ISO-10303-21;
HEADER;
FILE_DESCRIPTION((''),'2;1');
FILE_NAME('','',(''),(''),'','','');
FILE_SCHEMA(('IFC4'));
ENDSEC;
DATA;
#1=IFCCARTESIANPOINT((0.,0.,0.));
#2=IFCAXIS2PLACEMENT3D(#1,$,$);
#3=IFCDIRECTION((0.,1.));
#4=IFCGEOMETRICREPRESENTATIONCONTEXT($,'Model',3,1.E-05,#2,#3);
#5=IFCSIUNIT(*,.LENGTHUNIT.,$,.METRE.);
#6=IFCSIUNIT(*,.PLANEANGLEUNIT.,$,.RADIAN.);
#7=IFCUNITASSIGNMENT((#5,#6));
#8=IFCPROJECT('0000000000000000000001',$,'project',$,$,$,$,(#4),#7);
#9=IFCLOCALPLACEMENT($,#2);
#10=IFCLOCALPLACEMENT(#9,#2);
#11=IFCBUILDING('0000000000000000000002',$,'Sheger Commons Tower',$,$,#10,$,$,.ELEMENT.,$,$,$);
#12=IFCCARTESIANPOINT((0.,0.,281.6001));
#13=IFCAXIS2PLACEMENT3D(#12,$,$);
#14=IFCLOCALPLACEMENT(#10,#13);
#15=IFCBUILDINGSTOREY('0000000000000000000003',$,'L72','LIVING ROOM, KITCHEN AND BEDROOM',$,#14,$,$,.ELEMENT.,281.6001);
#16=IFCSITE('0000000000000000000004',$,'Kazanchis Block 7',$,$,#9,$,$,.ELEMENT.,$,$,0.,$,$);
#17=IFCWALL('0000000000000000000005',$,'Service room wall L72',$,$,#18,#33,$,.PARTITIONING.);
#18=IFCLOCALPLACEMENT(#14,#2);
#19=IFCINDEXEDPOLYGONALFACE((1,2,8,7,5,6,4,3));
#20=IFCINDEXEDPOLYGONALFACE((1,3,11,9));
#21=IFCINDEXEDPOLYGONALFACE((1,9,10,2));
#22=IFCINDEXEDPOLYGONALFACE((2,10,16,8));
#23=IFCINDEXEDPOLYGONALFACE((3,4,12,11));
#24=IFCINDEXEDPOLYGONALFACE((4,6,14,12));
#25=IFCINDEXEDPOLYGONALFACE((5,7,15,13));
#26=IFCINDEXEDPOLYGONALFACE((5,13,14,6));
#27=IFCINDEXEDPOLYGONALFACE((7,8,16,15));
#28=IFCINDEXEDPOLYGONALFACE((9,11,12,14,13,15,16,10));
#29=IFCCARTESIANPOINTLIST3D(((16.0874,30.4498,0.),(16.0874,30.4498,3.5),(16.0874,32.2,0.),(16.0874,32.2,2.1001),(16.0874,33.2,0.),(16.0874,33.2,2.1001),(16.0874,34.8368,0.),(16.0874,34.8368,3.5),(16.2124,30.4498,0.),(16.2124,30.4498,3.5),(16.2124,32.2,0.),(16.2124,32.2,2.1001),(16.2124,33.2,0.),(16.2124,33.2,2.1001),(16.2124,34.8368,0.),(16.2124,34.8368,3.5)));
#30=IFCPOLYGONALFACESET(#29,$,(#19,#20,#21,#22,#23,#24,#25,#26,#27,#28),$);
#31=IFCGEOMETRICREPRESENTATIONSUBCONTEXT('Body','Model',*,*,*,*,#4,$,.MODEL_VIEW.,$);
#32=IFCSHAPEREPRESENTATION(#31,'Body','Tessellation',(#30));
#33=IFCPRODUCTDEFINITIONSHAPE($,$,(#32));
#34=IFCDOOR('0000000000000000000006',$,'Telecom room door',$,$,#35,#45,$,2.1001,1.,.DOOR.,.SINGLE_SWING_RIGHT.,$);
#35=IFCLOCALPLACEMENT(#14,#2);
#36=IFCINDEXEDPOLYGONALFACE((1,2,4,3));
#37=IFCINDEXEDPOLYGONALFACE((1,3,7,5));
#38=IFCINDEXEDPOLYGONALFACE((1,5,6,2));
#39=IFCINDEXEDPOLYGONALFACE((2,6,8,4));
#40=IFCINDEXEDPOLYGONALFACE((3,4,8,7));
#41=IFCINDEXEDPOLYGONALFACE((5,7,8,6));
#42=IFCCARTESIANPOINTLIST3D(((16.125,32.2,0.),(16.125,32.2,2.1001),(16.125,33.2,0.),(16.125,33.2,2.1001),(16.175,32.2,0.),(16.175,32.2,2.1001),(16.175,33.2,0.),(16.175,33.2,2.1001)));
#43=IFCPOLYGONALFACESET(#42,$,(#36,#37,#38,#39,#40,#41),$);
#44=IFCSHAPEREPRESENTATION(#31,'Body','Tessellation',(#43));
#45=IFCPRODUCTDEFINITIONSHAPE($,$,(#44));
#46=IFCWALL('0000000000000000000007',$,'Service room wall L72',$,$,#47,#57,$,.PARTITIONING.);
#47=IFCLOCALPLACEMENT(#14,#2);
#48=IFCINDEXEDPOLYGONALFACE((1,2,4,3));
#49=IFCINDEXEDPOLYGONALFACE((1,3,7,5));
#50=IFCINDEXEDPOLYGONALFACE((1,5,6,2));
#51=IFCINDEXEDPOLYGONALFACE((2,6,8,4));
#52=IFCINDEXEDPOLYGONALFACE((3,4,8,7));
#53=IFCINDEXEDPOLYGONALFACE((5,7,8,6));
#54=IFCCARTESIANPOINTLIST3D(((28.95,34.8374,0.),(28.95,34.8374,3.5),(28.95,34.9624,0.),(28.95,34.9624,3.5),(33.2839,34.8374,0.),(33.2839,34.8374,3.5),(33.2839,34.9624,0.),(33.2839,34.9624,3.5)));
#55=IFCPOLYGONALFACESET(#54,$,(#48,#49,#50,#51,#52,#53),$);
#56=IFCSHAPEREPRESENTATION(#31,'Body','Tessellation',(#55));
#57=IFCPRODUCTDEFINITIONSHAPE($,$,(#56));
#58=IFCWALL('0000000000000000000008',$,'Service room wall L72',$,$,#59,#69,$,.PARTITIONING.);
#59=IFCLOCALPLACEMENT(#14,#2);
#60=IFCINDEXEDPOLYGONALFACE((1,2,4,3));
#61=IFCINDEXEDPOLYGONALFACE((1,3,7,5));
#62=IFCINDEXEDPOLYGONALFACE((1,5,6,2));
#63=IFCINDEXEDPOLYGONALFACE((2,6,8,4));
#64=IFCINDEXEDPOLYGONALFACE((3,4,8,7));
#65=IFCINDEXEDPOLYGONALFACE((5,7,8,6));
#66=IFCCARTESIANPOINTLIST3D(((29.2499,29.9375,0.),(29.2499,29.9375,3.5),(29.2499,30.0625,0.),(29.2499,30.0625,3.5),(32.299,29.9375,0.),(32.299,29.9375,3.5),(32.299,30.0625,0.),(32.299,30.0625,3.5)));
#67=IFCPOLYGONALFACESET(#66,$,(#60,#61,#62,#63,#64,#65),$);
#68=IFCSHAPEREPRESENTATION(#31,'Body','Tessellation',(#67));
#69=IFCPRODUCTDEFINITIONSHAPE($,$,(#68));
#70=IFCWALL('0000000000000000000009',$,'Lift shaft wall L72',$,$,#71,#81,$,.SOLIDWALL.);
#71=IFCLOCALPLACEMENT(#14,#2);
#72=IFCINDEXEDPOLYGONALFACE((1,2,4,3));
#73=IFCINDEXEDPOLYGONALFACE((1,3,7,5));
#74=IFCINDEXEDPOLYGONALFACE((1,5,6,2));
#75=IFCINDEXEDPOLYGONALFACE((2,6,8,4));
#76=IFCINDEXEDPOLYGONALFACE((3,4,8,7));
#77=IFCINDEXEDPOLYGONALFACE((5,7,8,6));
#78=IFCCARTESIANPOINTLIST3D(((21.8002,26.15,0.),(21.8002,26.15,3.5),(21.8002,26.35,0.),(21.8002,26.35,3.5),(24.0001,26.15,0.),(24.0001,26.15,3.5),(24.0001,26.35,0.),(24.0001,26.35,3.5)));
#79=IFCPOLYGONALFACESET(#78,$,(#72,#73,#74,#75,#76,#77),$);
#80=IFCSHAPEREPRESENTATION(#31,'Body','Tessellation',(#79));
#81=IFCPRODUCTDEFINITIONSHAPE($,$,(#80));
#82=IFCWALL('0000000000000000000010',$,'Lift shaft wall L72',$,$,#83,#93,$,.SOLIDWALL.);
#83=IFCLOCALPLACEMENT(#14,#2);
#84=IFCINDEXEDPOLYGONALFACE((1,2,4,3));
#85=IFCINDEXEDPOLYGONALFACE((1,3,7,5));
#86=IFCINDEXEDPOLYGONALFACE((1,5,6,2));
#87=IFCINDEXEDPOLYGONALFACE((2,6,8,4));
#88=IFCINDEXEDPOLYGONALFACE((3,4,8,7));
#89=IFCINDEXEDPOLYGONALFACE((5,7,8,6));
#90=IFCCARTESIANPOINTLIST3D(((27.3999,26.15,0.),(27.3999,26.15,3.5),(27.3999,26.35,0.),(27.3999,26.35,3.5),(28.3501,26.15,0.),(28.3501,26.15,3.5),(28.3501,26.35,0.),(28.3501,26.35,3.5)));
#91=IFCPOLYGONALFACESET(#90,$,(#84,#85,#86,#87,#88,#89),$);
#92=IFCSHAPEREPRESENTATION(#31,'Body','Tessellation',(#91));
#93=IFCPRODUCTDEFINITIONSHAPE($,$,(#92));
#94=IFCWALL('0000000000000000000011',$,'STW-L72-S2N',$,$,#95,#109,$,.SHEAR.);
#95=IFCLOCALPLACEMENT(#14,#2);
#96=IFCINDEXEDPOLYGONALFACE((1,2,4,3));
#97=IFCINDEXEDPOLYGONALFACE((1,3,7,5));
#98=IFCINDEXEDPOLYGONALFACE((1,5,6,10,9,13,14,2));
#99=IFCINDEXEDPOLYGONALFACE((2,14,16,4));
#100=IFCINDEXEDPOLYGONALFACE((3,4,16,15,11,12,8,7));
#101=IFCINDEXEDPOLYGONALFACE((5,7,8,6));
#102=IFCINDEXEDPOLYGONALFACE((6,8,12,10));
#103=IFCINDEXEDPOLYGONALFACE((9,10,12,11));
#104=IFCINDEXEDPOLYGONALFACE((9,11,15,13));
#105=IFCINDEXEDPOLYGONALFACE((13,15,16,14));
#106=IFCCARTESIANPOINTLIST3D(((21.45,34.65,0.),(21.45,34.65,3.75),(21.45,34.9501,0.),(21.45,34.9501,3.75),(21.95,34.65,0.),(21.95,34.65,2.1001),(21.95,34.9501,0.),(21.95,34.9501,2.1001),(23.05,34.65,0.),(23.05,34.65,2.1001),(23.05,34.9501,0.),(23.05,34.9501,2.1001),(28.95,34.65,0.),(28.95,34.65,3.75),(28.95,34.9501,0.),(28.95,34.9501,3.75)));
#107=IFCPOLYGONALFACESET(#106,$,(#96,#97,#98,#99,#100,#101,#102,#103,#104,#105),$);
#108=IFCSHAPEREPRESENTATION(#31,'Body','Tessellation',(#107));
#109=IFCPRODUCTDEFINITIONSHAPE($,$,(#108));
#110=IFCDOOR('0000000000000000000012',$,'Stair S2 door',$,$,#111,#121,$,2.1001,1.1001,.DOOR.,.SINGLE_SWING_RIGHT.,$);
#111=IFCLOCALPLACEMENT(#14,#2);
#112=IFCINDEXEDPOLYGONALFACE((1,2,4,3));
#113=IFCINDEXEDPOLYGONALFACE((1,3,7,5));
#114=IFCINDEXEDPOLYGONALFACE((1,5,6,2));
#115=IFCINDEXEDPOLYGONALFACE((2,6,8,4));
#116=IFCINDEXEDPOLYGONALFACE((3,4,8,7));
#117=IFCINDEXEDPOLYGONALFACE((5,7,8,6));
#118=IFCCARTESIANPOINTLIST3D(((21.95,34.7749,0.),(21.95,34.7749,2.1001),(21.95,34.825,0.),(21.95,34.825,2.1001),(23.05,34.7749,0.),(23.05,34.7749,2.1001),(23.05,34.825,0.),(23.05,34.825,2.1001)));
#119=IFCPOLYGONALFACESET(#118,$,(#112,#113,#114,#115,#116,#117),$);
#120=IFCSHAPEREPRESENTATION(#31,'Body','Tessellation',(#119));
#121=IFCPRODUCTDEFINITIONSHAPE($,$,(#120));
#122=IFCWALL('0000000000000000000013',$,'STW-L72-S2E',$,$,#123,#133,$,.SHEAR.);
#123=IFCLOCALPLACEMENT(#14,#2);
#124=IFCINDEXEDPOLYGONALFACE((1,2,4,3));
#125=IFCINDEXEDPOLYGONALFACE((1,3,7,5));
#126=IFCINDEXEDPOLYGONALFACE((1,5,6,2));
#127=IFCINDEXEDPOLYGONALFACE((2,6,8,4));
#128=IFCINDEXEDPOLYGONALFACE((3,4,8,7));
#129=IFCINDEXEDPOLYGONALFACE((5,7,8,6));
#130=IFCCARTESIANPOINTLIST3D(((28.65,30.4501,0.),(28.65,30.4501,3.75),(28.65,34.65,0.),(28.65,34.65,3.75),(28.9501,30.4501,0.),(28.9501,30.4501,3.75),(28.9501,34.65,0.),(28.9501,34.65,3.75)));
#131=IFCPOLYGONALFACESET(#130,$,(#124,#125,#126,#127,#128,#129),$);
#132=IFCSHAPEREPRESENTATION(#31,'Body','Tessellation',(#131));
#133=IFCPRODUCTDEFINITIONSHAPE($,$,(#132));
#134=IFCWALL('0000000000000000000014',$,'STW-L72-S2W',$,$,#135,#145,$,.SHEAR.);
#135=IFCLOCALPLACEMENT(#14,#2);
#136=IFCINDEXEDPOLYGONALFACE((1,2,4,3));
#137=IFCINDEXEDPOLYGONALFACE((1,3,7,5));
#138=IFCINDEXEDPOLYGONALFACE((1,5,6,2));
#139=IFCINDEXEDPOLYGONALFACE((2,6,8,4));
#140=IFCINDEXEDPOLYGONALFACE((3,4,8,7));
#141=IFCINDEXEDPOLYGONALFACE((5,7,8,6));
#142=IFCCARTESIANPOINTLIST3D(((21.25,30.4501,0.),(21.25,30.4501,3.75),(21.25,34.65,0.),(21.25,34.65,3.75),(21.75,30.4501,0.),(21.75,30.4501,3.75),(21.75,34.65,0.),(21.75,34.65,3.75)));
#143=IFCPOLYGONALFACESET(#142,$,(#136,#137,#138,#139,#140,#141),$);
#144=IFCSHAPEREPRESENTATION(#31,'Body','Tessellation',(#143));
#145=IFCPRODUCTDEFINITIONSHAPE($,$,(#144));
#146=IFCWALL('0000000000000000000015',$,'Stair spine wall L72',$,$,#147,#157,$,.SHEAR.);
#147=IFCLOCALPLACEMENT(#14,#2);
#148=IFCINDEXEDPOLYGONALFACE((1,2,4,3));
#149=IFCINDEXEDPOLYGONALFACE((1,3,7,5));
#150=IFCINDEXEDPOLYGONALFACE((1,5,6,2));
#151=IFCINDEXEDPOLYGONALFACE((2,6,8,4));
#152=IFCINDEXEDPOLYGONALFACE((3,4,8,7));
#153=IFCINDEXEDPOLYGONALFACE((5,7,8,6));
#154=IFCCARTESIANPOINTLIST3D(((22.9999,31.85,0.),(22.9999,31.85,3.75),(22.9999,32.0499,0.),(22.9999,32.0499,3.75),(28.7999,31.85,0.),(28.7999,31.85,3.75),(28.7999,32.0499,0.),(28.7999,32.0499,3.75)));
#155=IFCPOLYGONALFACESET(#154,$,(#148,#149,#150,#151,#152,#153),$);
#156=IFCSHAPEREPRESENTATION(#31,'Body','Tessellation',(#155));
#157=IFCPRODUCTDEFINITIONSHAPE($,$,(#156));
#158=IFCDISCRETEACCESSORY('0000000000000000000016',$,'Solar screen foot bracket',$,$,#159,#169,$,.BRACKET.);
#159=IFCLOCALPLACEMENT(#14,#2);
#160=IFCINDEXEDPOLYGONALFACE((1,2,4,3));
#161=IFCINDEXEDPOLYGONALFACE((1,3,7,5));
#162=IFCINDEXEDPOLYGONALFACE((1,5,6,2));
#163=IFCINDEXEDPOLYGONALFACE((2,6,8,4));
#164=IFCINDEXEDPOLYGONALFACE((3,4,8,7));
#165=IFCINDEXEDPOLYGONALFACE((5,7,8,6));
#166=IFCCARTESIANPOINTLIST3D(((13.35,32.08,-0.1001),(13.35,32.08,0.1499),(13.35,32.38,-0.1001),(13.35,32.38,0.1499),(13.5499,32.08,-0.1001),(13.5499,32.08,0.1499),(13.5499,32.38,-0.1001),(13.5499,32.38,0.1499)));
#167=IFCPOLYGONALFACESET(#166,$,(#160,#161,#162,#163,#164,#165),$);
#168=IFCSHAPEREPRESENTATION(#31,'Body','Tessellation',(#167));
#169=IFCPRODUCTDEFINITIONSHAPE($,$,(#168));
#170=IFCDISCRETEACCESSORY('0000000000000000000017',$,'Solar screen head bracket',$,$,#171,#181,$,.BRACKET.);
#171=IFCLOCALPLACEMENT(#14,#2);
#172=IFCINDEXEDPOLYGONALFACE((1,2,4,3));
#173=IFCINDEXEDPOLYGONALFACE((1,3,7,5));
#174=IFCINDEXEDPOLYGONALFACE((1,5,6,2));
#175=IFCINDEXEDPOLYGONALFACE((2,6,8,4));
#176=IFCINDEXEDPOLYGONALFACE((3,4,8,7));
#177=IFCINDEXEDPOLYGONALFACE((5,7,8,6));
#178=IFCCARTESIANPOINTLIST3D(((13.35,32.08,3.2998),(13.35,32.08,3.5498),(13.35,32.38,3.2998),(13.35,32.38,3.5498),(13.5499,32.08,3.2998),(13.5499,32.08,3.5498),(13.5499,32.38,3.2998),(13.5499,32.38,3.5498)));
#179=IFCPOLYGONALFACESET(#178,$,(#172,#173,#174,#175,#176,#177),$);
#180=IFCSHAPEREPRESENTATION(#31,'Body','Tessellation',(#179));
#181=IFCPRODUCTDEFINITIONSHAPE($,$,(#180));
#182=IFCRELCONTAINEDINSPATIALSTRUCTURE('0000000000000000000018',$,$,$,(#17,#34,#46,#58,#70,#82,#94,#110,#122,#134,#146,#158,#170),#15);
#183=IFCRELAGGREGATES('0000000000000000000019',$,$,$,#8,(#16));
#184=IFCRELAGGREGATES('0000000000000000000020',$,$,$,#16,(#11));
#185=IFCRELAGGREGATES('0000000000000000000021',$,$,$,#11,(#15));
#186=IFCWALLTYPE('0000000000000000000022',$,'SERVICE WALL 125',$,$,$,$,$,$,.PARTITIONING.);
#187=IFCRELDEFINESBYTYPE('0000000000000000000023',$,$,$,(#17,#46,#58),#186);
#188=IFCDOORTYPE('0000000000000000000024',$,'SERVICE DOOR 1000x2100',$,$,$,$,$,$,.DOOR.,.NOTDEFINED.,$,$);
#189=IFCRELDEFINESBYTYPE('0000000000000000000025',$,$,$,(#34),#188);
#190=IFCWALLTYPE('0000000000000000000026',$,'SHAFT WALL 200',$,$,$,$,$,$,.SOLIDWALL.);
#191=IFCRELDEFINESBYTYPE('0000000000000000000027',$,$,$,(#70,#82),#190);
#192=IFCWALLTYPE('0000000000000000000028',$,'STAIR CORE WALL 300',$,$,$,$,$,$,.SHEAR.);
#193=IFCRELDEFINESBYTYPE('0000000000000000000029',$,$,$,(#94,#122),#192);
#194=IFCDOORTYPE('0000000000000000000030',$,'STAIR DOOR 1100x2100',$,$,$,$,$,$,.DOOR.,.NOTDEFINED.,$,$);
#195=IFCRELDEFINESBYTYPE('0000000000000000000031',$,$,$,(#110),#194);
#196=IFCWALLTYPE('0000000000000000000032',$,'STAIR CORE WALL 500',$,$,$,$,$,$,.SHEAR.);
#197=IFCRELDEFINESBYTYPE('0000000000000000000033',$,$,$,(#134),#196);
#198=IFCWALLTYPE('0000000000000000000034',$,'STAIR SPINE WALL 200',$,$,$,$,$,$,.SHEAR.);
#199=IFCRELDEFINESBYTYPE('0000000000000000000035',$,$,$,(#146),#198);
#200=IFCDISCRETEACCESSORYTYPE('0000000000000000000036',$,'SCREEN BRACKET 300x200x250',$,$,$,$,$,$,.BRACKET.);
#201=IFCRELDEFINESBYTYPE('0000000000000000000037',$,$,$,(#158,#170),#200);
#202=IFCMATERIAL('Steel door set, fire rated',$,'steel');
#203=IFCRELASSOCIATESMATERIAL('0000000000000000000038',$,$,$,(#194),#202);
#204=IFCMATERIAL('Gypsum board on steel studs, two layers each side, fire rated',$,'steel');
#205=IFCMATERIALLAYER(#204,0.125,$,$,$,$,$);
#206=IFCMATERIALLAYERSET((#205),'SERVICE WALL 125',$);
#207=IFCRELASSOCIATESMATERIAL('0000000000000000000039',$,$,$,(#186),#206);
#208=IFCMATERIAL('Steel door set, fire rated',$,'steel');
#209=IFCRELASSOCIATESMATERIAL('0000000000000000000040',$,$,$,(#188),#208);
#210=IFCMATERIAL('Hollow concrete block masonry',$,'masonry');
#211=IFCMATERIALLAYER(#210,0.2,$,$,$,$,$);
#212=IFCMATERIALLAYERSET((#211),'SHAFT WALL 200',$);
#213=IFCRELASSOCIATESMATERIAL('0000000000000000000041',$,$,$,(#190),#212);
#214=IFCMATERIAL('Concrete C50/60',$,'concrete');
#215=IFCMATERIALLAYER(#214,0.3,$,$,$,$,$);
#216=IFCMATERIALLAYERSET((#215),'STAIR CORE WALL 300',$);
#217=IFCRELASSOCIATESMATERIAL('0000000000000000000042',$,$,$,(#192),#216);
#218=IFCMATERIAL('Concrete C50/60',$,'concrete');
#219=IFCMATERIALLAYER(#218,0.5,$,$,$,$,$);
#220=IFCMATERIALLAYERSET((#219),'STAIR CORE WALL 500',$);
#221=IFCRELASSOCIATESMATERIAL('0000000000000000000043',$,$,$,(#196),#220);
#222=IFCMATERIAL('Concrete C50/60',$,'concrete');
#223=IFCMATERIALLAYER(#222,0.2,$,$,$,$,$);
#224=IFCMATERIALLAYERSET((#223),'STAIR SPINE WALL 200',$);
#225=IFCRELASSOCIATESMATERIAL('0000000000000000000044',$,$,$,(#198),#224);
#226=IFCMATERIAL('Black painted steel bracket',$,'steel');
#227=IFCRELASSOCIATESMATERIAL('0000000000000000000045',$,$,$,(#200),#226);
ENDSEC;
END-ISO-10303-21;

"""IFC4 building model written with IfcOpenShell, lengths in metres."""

from ifc_helpers import new_model, si_unit, direction, frame, frame_2d, origin, origin_2d, place, context, subcontext, project, spatial, rectangle, extrude, material, layer, layer_set, type_object, element, fill, save


model = new_model("IFC4")

# Units and contexts
model_context = context("Model", 3, precision=1e-05, world=origin(), true_north=direction((0.0, 1.0)))
body_context = subcontext(model_context, "Body", "Model", "MODEL_VIEW")
ifc_project = project(units=[si_unit("LENGTHUNIT", "METRE"), si_unit("PLANEANGLEUNIT", "RADIAN")], contexts=[model_context])

# Site, building, storey
site_placement = place(None, origin())
site = spatial("IfcSite", under=ifc_project, at=site_placement, Name="Kazanchis Block 7", CompositionType="ELEMENT", RefElevation=0.0)
building_placement = place(site_placement, origin())
building = spatial("IfcBuilding", under=site, at=building_placement, Name="Sheger Commons Tower", CompositionType="ELEMENT")
storey_placement = place(building_placement, frame((0.0, 0.0, 281.6001)))
storey = spatial("IfcBuildingStorey", under=building, at=storey_placement, Name="L72", Description="LIVING ROOM, KITCHEN AND BEDROOM", CompositionType="ELEMENT", Elevation=281.6001)

# Shared definitions
ifc_material_1 = material(Name="Steel door set, fire rated", Category="steel")
door_type_1 = type_object("IfcDoorType", Name="STAIR DOOR 1100x2100", OperationType="NOTDEFINED", PredefinedType="DOOR", material=ifc_material_1)

# Wall, opening, door
ifc_material_2 = material(Name="Gypsum board on steel studs, two layers each side, fire rated", Category="steel")
ifc_layer_1 = layer(ifc_material_2, 0.125)
ifc_layer_set_1 = layer_set([ifc_layer_1], Name="SERVICE WALL 125")
wall_type_1 = type_object("IfcWallType", Name="SERVICE WALL 125", PredefinedType="PARTITIONING", material=ifc_layer_set_1)
wall_1_placement = place(storey_placement, frame((16.1499, 30.45, 0.0), z_axis=(0.0, 0.0, 1.0), x_axis=(0.0, 1.0, 0.0)))
wall_1 = element("IfcWall", 1, at=wall_1_placement, inside=storey, type_object=wall_type_1, Name="Service room wall L72", PredefinedType="PARTITIONING", context=body_context, shape_type="SweptSolid", body=[
    extrude(rectangle(XDim=4.387, YDim=0.125, at=frame_2d((2.1934, 0.0))), origin(), (0.0, 0.0, 1.0), 3.5),
])
opening_1_placement = place(wall_1_placement, frame((1.75, 0.0, 0.0)))
opening_1 = element("IfcOpeningElement", 2, at=opening_1_placement, cuts=wall_1, PredefinedType="OPENING", context=body_context, shape_type="SweptSolid", body=[
    extrude(rectangle(XDim=1.0, YDim=2.1001, at=frame_2d((0.5, 1.05))), frame((0.0, 0.0725, 0.0), z_axis=(0.0, -1.0, 0.0), x_axis=(1.0, 0.0, 0.0)), (0.0, 0.0, 1.0), 0.145),
])
ifc_material_3 = material(Name="Steel door set, fire rated", Category="steel")
door_type_2 = type_object("IfcDoorType", Name="SERVICE DOOR 1000x2100", OperationType="NOTDEFINED", PredefinedType="DOOR", material=ifc_material_3)
door_1_placement = place(opening_1_placement, origin())
door_1 = element("IfcDoor", 3, at=door_1_placement, inside=storey, type_object=door_type_2, Name="Telecom room door", OperationType="SINGLE_SWING_RIGHT", OverallHeight=2.1001, OverallWidth=1.0, PredefinedType="DOOR", context=body_context, shape_type="SweptSolid", body=[
    extrude(rectangle(XDim=1.0, YDim=2.1001, at=frame_2d((0.5, 1.05))), frame((0.0, 0.0249, 0.0), z_axis=(0.0, -1.0, 0.0), x_axis=(1.0, 0.0, 0.0)), (0.0, 0.0, 1.0), 0.05),
])
fill(opening_1, door_1)

# Walls
wall_2_placement = place(storey_placement, frame((28.95, 34.8999, 0.0), z_axis=(0.0, 0.0, 1.0), x_axis=(1.0, 0.0, 0.0)))
element("IfcWall", 4, at=wall_2_placement, inside=storey, type_object=wall_type_1, Name="Service room wall L72", PredefinedType="PARTITIONING", context=body_context, shape_type="SweptSolid", body=[
    extrude(rectangle(XDim=4.334, YDim=0.125, at=frame_2d((2.167, 0.0))), origin(), (0.0, 0.0, 1.0), 3.5),
])
wall_3_placement = place(storey_placement, frame((29.25, 30.0, 0.0), z_axis=(0.0, 0.0, 1.0), x_axis=(1.0, 0.0, 0.0)))
element("IfcWall", 5, at=wall_3_placement, inside=storey, type_object=wall_type_1, Name="Service room wall L72", PredefinedType="PARTITIONING", context=body_context, shape_type="SweptSolid", body=[
    extrude(rectangle(XDim=3.0491, YDim=0.125, at=frame_2d((1.5244, 0.0))), origin(), (0.0, 0.0, 1.0), 3.5),
])
ifc_material_4 = material(Name="Hollow concrete block masonry", Category="masonry")
ifc_layer_2 = layer(ifc_material_4, 0.2)
ifc_layer_set_2 = layer_set([ifc_layer_2], Name="SHAFT WALL 200")
wall_type_2 = type_object("IfcWallType", Name="SHAFT WALL 200", PredefinedType="SOLIDWALL", material=ifc_layer_set_2)
wall_4_placement = place(storey_placement, frame((21.8, 26.25, 0.0), z_axis=(0.0, 0.0, 1.0), x_axis=(1.0, 0.0, 0.0)))
element("IfcWall", 6, at=wall_4_placement, inside=storey, type_object=wall_type_2, Name="Lift shaft wall L72", PredefinedType="SOLIDWALL", context=body_context, shape_type="SweptSolid", body=[
    extrude(rectangle(XDim=2.2, YDim=0.2, at=frame_2d((1.1001, 0.0))), origin(), (0.0, 0.0, 1.0), 3.5),
])
wall_5_placement = place(storey_placement, frame((27.3999, 26.25, 0.0), z_axis=(0.0, 0.0, 1.0), x_axis=(1.0, 0.0, 0.0)))
element("IfcWall", 7, at=wall_5_placement, inside=storey, type_object=wall_type_2, Name="Lift shaft wall L72", PredefinedType="SOLIDWALL", context=body_context, shape_type="SweptSolid", body=[
    extrude(rectangle(XDim=0.9502, YDim=0.2, at=frame_2d((0.4751, 0.0))), origin(), (0.0, 0.0, 1.0), 3.5),
])

# Wall, opening, door
ifc_material_5 = material(Name="Concrete C50/60", Category="concrete")
ifc_layer_3 = layer(ifc_material_5, 0.3)
ifc_layer_set_3 = layer_set([ifc_layer_3], Name="STAIR CORE WALL 300")
wall_type_3 = type_object("IfcWallType", Name="STAIR CORE WALL 300", PredefinedType="SHEAR", material=ifc_layer_set_3)
wall_6_placement = place(storey_placement, frame((21.45, 34.8, 0.0), z_axis=(0.0, 0.0, 1.0), x_axis=(1.0, 0.0, 0.0)))
wall_6 = element("IfcWall", 8, at=wall_6_placement, inside=storey, type_object=wall_type_3, Name="STW-L72-S2N", PredefinedType="SHEAR", context=body_context, shape_type="SweptSolid", body=[
    extrude(rectangle(XDim=7.5, YDim=0.3, at=frame_2d((3.75, 0.0))), origin(), (0.0, 0.0, 1.0), 3.75),
])
opening_2_placement = place(wall_6_placement, frame((0.5, 0.0, 0.0)))
opening_2 = element("IfcOpeningElement", 9, at=opening_2_placement, cuts=wall_6, PredefinedType="OPENING", context=body_context, shape_type="SweptSolid", body=[
    extrude(rectangle(XDim=1.1001, YDim=2.1001, at=frame_2d((0.55, 1.05))), frame((0.0, 0.1599, 0.0), z_axis=(0.0, -1.0, 0.0), x_axis=(1.0, 0.0, 0.0)), (0.0, 0.0, 1.0), 0.3201),
])
door_2_placement = place(opening_2_placement, origin())
door_2 = element("IfcDoor", 10, at=door_2_placement, inside=storey, type_object=door_type_1, Name="Stair S2 door", OperationType="SINGLE_SWING_RIGHT", OverallHeight=2.1001, OverallWidth=1.1001, PredefinedType="DOOR", context=body_context, shape_type="SweptSolid", body=[
    extrude(rectangle(XDim=1.1001, YDim=2.1001, at=frame_2d((0.55, 1.05))), frame((0.0, 0.0249, 0.0), z_axis=(0.0, -1.0, 0.0), x_axis=(1.0, 0.0, 0.0)), (0.0, 0.0, 1.0), 0.05),
])
fill(opening_2, door_2)

# Walls
wall_7_placement = place(storey_placement, frame((28.8, 30.45, 0.0), z_axis=(0.0, 0.0, 1.0), x_axis=(0.0, 1.0, 0.0)))
element("IfcWall", 11, at=wall_7_placement, inside=storey, type_object=wall_type_3, Name="STW-L72-S2E", PredefinedType="SHEAR", context=body_context, shape_type="SweptSolid", body=[
    extrude(rectangle(XDim=4.2, YDim=0.3, at=frame_2d((2.1001, 0.0))), origin(), (0.0, 0.0, 1.0), 3.75),
])
ifc_material_6 = material(Name="Concrete C50/60", Category="concrete")
ifc_layer_4 = layer(ifc_material_6, 0.5)
ifc_layer_set_4 = layer_set([ifc_layer_4], Name="STAIR CORE WALL 500")
wall_type_4 = type_object("IfcWallType", Name="STAIR CORE WALL 500", PredefinedType="SHEAR", material=ifc_layer_set_4)
wall_8_placement = place(storey_placement, frame((21.5, 30.45, 0.0), z_axis=(0.0, 0.0, 1.0), x_axis=(0.0, 1.0, 0.0)))
element("IfcWall", 12, at=wall_8_placement, inside=storey, type_object=wall_type_4, Name="STW-L72-S2W", PredefinedType="SHEAR", context=body_context, shape_type="SweptSolid", body=[
    extrude(rectangle(XDim=4.2, YDim=0.5, at=frame_2d((2.1001, 0.0))), origin(), (0.0, 0.0, 1.0), 3.75),
])
ifc_material_7 = material(Name="Concrete C50/60", Category="concrete")
ifc_layer_5 = layer(ifc_material_7, 0.2)
ifc_layer_set_5 = layer_set([ifc_layer_5], Name="STAIR SPINE WALL 200")
wall_type_5 = type_object("IfcWallType", Name="STAIR SPINE WALL 200", PredefinedType="SHEAR", material=ifc_layer_set_5)
wall_9_placement = place(storey_placement, frame((23.0, 31.95, 0.0), z_axis=(0.0, 0.0, 1.0), x_axis=(1.0, 0.0, 0.0)))
element("IfcWall", 13, at=wall_9_placement, inside=storey, type_object=wall_type_5, Name="Stair spine wall L72", PredefinedType="SHEAR", context=body_context, shape_type="SweptSolid", body=[
    extrude(rectangle(XDim=5.8, YDim=0.2, at=frame_2d((2.8999, 0.0))), origin(), (0.0, 0.0, 1.0), 3.75),
])

# Discrete accessories
ifc_material_8 = material(Name="Black painted steel bracket", Category="steel")
discrete_accessory_type = type_object("IfcDiscreteAccessoryType", Name="SCREEN BRACKET 300x200x250", PredefinedType="BRACKET", material=ifc_material_8)
for number, where, z_axis, x_axis, name in (
    (14, (13.45, 32.23, -0.1001), (0.0, 0.0, 1.0), (0.0, -1.0, 0.0), "Solar screen foot bracket"),
    (15, (13.45, 32.23, 3.2998), (0.0, 0.0, 1.0), (0.0, -1.0, 0.0), "Solar screen head bracket"),
):
    element("IfcDiscreteAccessory", number, at=place(storey_placement, frame(where, z_axis=z_axis, x_axis=x_axis)), inside=storey, type_object=discrete_accessory_type, Name=name, PredefinedType="BRACKET", context=body_context, shape_type="SweptSolid", body=[
        extrude(rectangle(XDim=0.3, YDim=0.2, at=origin_2d()), origin(), (0.0, 0.0, 1.0), 0.25),
    ])

save(model, "model.ifc")
